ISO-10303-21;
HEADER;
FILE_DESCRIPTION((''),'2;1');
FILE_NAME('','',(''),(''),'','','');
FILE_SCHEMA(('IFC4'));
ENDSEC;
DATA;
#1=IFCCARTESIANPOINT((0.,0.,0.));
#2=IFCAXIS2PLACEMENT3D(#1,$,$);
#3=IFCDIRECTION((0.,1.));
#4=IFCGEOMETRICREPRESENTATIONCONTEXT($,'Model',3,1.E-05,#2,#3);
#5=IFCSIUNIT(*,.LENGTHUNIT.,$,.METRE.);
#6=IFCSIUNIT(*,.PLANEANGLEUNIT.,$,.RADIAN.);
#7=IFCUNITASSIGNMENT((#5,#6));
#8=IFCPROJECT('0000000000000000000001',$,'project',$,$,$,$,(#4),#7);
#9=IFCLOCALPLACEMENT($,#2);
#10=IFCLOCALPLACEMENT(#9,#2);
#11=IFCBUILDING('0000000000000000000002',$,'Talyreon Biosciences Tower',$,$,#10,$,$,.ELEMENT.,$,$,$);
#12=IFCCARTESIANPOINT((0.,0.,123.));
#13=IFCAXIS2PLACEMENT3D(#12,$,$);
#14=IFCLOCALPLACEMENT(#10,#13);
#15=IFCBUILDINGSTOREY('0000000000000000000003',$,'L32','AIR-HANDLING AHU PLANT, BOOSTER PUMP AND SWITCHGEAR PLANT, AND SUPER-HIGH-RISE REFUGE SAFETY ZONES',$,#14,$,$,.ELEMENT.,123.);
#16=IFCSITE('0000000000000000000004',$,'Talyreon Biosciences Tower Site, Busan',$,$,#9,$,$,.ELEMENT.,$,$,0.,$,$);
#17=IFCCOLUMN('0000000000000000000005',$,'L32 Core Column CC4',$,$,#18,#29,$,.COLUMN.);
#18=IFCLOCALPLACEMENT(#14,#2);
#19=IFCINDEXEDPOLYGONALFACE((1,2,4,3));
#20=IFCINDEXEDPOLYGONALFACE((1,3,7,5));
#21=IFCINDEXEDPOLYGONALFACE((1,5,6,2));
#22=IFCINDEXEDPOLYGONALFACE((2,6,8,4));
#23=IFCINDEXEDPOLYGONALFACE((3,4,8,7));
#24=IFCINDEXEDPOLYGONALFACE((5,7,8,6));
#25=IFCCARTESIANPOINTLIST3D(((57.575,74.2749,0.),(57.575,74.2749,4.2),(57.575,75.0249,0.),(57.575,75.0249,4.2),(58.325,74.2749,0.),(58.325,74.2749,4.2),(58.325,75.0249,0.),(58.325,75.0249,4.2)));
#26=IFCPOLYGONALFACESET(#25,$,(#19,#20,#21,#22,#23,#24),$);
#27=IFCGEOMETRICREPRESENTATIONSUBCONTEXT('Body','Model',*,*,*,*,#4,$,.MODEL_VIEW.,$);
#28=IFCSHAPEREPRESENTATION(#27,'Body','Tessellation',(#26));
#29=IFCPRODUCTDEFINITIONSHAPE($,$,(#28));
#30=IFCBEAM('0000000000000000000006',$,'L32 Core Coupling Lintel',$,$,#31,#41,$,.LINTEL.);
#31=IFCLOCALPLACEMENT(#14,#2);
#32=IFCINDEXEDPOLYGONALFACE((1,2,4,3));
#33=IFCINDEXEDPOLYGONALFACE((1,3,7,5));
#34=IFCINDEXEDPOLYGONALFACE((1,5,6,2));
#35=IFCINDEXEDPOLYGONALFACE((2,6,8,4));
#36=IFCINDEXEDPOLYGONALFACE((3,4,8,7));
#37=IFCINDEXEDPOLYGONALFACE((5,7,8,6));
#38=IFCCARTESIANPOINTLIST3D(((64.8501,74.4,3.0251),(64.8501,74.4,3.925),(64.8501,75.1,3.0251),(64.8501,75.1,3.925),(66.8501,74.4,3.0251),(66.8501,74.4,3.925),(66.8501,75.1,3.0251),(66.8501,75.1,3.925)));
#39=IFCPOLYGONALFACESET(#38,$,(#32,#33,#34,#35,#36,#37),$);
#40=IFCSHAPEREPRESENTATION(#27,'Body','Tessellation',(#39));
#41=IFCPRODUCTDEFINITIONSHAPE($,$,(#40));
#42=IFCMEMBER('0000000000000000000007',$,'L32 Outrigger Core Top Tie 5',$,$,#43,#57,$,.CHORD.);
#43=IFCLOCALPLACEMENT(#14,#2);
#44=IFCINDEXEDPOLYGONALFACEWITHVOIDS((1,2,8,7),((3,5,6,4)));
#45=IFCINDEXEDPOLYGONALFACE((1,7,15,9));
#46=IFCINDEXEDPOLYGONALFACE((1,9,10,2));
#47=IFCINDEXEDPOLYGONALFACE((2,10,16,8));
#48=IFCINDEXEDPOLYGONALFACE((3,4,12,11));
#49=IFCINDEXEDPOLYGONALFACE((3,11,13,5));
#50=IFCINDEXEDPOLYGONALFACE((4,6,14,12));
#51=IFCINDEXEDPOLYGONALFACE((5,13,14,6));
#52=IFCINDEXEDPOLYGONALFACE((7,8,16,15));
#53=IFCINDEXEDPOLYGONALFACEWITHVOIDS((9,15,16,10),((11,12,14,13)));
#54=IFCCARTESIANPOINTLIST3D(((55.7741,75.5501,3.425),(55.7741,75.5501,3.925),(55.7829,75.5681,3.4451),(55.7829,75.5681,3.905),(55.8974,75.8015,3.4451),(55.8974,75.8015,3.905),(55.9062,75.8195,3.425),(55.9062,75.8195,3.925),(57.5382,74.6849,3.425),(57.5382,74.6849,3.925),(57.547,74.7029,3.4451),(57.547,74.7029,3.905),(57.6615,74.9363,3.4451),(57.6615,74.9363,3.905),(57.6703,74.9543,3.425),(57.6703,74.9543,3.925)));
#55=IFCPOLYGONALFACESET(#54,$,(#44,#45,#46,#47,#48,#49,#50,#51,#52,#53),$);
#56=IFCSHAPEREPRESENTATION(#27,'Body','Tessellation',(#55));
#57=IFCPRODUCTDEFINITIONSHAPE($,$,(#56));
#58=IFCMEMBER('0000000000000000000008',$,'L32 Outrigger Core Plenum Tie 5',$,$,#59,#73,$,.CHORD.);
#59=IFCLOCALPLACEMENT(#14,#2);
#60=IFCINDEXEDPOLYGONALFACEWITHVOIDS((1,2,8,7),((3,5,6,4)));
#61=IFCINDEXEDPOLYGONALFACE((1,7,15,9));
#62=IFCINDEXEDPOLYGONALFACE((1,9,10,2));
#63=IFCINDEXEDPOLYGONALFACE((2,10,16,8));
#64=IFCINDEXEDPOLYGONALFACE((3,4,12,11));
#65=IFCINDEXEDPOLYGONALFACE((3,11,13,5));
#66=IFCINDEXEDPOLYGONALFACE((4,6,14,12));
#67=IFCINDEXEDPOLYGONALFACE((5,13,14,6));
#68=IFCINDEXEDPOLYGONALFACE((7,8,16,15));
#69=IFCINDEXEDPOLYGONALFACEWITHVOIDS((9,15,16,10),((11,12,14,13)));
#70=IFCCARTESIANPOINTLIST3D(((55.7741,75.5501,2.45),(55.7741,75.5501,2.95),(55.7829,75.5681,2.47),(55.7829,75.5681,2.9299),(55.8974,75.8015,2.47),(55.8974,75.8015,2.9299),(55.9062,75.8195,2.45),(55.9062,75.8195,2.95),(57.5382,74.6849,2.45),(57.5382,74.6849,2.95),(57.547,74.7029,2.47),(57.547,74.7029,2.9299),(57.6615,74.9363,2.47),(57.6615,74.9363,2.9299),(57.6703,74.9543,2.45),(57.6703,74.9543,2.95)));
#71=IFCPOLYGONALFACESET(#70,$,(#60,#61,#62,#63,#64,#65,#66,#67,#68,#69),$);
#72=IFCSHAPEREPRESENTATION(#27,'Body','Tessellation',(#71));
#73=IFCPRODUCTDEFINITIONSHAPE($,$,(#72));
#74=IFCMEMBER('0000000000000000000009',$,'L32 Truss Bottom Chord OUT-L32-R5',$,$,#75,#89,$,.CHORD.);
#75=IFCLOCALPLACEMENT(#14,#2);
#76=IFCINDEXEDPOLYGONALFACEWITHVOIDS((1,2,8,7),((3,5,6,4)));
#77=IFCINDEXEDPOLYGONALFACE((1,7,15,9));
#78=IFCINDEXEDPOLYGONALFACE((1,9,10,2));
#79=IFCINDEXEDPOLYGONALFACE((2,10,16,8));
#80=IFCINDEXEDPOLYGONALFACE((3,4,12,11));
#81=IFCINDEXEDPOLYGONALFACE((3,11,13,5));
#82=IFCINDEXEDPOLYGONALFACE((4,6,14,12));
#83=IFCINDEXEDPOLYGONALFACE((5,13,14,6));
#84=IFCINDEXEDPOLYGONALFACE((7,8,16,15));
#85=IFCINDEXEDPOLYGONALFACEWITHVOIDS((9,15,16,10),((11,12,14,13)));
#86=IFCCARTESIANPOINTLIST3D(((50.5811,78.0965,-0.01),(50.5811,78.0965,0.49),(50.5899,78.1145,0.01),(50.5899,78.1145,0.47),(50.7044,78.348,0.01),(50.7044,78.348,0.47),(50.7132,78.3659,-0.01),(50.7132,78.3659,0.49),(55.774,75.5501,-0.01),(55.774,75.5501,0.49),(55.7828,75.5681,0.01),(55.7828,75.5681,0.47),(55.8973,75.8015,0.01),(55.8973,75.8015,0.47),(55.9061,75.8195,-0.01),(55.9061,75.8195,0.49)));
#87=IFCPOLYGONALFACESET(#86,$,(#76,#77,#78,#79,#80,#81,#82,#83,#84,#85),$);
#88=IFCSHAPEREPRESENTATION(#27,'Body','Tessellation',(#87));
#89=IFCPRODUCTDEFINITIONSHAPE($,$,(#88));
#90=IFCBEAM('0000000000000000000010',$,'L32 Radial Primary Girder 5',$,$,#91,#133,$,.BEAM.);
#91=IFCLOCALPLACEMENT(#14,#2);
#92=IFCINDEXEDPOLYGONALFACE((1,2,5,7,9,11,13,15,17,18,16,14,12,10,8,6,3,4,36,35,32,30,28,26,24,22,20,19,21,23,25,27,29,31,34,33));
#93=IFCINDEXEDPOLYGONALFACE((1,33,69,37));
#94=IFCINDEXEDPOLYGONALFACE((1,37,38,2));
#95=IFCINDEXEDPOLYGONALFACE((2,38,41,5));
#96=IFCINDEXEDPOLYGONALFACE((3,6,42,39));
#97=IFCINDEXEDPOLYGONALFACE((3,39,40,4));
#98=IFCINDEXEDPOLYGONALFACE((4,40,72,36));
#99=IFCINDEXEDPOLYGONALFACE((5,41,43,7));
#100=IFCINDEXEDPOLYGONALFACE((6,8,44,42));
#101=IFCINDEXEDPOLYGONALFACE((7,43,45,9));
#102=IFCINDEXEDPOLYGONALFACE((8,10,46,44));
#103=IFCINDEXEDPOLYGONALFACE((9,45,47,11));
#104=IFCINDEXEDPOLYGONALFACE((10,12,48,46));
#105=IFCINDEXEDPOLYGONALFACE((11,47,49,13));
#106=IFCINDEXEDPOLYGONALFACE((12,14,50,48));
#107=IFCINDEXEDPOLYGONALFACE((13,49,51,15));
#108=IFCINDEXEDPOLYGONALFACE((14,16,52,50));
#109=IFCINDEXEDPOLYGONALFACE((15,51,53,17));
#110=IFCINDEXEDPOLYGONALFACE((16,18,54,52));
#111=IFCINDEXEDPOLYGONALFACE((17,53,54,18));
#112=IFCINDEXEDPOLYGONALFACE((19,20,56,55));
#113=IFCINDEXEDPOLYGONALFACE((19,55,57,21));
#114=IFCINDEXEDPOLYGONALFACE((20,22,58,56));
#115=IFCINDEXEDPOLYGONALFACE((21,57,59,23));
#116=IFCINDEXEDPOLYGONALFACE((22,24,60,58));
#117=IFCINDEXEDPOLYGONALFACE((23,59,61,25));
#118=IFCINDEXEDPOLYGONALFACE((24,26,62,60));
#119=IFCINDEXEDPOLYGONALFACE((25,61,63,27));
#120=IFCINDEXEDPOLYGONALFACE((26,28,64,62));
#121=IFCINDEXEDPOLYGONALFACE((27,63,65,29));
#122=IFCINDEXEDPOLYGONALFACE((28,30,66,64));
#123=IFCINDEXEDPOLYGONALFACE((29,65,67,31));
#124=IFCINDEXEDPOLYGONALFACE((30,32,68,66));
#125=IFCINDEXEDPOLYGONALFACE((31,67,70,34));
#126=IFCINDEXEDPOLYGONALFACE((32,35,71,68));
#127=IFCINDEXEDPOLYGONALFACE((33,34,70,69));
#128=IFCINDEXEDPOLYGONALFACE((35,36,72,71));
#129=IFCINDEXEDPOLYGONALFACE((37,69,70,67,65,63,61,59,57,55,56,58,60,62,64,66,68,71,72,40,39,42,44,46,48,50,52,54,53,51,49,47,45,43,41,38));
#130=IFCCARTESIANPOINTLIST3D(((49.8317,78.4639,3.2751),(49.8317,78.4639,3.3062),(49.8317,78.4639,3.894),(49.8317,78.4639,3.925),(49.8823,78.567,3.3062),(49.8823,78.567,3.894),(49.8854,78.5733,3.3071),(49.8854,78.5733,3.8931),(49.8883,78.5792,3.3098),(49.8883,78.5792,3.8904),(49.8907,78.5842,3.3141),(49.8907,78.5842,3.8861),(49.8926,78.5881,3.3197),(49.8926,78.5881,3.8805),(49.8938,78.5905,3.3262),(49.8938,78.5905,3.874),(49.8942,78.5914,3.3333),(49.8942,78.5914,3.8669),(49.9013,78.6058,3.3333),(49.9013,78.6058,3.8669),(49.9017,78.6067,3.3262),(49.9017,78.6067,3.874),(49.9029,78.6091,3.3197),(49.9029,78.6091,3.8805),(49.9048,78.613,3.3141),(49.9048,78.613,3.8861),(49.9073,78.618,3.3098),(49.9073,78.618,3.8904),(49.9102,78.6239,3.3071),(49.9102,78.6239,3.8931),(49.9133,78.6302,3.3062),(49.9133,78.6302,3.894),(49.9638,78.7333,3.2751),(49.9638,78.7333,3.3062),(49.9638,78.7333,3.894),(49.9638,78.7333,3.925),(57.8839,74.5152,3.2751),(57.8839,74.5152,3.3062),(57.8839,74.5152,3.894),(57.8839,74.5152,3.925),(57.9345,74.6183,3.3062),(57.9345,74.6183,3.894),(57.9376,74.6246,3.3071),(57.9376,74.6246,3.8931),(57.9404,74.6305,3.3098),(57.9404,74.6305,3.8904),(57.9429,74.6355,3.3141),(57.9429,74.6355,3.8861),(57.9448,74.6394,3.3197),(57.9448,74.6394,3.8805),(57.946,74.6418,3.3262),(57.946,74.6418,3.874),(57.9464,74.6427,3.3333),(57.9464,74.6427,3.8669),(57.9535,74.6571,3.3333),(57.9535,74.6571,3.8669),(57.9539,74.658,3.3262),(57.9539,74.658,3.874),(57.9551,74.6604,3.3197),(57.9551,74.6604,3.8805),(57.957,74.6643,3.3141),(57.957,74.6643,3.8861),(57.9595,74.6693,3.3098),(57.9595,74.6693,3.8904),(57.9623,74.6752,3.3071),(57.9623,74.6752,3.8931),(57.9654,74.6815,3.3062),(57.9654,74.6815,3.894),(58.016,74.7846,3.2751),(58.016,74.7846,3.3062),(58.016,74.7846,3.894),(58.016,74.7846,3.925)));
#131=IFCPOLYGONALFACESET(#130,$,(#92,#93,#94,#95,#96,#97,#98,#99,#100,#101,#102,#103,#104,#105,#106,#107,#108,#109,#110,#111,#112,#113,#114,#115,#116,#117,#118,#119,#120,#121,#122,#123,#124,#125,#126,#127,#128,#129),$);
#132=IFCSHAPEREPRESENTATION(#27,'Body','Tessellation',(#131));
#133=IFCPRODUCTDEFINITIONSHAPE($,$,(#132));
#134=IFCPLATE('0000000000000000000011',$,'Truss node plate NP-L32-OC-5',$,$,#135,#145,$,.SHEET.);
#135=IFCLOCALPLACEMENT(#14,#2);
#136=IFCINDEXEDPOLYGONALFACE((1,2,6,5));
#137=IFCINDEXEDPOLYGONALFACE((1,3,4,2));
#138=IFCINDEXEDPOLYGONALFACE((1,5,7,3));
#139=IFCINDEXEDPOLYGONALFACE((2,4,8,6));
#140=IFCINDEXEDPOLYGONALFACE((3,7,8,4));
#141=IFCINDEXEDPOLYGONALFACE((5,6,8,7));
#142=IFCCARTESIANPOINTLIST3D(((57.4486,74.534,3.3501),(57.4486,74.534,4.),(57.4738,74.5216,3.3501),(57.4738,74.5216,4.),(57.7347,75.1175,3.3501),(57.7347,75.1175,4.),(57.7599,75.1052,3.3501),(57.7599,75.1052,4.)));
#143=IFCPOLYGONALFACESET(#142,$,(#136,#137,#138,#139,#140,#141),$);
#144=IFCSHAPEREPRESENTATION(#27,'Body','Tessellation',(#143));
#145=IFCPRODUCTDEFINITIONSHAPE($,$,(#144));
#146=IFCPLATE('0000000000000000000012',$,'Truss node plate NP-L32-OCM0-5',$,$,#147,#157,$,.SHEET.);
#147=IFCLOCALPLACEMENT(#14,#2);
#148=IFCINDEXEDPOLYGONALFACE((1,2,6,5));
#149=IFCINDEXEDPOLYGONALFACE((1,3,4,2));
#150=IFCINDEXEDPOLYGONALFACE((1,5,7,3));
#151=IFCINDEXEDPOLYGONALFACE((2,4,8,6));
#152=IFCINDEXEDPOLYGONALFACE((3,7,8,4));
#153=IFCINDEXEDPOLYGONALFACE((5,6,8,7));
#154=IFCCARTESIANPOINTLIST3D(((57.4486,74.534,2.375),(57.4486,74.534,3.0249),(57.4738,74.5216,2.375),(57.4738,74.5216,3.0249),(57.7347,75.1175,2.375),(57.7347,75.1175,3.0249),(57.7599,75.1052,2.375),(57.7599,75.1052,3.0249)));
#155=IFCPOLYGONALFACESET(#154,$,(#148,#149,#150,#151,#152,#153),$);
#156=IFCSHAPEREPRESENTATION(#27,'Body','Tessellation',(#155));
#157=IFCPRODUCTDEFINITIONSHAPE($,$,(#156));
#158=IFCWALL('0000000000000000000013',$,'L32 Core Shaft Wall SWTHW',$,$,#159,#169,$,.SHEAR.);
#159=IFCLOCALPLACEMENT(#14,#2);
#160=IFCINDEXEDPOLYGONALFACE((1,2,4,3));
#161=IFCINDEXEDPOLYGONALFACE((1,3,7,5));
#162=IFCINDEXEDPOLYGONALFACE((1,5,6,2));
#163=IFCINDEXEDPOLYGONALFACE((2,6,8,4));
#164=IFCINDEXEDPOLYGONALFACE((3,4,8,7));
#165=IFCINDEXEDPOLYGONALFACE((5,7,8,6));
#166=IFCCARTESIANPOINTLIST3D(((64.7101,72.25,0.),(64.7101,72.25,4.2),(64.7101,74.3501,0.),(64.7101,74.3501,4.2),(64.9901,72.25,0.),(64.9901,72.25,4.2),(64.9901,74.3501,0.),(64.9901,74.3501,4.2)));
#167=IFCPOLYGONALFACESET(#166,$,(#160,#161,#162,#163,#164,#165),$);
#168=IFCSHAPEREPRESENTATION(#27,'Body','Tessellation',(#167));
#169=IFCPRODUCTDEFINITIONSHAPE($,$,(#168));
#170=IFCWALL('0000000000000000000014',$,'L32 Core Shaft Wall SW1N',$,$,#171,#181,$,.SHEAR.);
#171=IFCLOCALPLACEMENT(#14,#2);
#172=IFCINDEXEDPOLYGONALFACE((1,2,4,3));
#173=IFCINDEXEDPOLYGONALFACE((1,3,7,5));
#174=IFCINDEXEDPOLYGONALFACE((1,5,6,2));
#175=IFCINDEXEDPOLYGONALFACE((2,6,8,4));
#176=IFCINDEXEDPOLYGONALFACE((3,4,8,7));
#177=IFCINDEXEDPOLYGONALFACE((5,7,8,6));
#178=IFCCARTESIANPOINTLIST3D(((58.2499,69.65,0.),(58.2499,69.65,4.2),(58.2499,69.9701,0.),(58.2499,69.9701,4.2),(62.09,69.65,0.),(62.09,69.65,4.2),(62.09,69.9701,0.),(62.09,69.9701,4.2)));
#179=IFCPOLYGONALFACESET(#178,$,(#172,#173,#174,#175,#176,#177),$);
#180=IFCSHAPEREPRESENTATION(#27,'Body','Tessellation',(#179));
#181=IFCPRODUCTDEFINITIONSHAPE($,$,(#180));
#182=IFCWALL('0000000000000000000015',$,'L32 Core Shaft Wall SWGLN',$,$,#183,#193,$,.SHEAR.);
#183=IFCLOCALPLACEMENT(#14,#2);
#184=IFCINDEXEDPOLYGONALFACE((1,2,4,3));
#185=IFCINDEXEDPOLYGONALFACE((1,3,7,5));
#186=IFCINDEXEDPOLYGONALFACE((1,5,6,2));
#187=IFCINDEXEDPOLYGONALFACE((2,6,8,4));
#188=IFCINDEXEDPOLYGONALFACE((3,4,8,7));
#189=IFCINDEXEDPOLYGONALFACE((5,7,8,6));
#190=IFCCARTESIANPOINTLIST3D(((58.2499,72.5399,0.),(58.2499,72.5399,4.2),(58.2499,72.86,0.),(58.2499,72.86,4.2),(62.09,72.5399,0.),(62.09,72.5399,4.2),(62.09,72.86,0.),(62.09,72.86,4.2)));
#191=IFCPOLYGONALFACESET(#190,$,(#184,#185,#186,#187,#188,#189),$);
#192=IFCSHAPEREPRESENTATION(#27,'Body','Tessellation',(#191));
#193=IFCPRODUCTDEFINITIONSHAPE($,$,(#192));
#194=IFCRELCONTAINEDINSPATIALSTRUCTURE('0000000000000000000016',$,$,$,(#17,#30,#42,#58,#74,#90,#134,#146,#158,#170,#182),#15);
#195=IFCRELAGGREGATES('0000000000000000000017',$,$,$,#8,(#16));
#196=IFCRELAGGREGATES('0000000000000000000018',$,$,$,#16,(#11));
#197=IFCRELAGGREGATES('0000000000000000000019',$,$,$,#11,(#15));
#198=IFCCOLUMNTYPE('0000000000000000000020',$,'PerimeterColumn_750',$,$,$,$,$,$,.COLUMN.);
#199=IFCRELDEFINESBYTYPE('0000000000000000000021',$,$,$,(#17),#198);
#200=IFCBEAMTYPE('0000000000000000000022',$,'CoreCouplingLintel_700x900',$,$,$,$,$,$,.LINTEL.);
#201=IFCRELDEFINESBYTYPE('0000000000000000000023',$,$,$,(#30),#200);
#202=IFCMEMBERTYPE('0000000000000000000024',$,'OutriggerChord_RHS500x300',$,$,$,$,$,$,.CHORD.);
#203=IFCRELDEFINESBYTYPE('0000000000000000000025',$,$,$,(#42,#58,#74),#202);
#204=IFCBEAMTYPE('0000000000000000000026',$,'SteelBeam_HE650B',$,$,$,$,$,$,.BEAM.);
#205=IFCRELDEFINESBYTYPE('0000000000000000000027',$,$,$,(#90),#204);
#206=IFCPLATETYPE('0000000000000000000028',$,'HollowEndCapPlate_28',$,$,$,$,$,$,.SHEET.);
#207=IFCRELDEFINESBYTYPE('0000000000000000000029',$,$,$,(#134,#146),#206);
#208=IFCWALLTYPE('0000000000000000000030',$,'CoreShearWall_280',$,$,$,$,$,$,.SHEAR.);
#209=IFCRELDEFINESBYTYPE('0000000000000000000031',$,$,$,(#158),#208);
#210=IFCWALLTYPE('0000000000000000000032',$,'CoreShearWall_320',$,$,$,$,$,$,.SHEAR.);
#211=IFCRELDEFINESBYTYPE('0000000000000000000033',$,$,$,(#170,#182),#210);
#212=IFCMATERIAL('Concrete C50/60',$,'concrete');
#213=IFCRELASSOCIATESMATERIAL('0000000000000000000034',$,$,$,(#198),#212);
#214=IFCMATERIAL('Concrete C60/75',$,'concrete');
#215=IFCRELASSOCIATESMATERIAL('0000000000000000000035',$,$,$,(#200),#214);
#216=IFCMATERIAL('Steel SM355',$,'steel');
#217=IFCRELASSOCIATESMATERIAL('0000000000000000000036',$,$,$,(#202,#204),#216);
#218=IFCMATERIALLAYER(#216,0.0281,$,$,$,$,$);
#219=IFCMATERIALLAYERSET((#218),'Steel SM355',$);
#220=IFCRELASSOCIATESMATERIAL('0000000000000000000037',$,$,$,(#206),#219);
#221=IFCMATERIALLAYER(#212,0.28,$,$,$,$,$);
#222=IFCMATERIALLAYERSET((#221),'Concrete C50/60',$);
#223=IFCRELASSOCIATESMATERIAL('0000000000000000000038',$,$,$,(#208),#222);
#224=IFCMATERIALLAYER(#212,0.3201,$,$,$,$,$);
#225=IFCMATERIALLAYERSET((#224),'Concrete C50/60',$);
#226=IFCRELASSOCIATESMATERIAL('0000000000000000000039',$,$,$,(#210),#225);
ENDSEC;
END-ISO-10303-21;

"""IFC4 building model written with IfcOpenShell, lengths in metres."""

from ifc_helpers import new_model, si_unit, direction, frame, frame_2d, origin, origin_2d, place, context, subcontext, project, spatial, rectangle, hollow_rectangle, i_section, extrude, material, layer, layer_set, material_profile, profile_set, type_object, element, save


model = new_model("IFC4")

# Units and contexts
model_context = context("Model", 3, precision=1e-05, world=origin(), true_north=direction((0.0, 1.0)))
body_context = subcontext(model_context, "Body", "Model", "MODEL_VIEW")
ifc_project = project(units=[si_unit("LENGTHUNIT", "METRE"), si_unit("PLANEANGLEUNIT", "RADIAN")], contexts=[model_context])

# Site, building, storey
site_placement = place(None, origin())
site = spatial("IfcSite", under=ifc_project, at=site_placement, Name="Talyreon Biosciences Tower Site, Busan", CompositionType="ELEMENT", RefElevation=0.0)
building_placement = place(site_placement, origin())
building = spatial("IfcBuilding", under=site, at=building_placement, Name="Talyreon Biosciences Tower", CompositionType="ELEMENT")
storey_placement = place(building_placement, frame((0.0, 0.0, 123.0)))
storey = spatial("IfcBuildingStorey", under=building, at=storey_placement, Name="L32", Description="AIR-HANDLING AHU PLANT, BOOSTER PUMP AND SWITCHGEAR PLANT, AND SUPER-HIGH-RISE REFUGE SAFETY ZONES", CompositionType="ELEMENT", Elevation=123.0)

# Column
ifc_material_1 = material(Name="Concrete C50/60", Category="concrete")
ifc_material_profile_1 = material_profile(ifc_material_1, rectangle(XDim=0.75, YDim=0.75, at=origin_2d()), Name="RC 750x750")
ifc_profile_set_1 = profile_set([ifc_material_profile_1], Name="Concrete C50/60")
column_type = type_object("IfcColumnType", Name="PerimeterColumn_750", PredefinedType="COLUMN", material=ifc_profile_set_1)
column_placement = place(storey_placement, frame((57.95, 74.6499, 0.0), z_axis=(0.0, 0.0, 1.0), x_axis=(1.0, 0.0, 0.0)))
element("IfcColumn", 1, at=column_placement, inside=storey, type_object=column_type, Name="L32 Core Column CC4", PredefinedType="COLUMN", context=body_context, shape_type="SweptSolid", body=[
    extrude(rectangle(XDim=0.75, YDim=0.75, at=origin_2d()), origin(), (0.0, 0.0, 1.0), 4.2),
])

# Beam
ifc_material_2 = material(Name="Concrete C60/75", Category="concrete")
ifc_material_profile_2 = material_profile(ifc_material_2, rectangle(XDim=0.7, YDim=0.8999, at=origin_2d()), Name="RCB 700x900")
ifc_profile_set_2 = profile_set([ifc_material_profile_2], Name="Concrete C60/75")
beam_type_1 = type_object("IfcBeamType", Name="CoreCouplingLintel_700x900", PredefinedType="LINTEL", material=ifc_profile_set_2)
beam_1_placement = place(storey_placement, frame((64.8501, 74.75, 3.4751), z_axis=(1.0, 0.0, 0.0), x_axis=(0.0, 1.0, 0.0)))
element("IfcBeam", 2, at=beam_1_placement, inside=storey, type_object=beam_type_1, Name="L32 Core Coupling Lintel", PredefinedType="LINTEL", context=body_context, shape_type="SweptSolid", body=[
    extrude(rectangle(XDim=0.7, YDim=0.8999, at=origin_2d()), origin(), (0.0, 0.0, 1.0), 2.0),
])

# Members
ifc_material_3 = material(Name="Steel SM355", Category="steel")
ifc_material_profile_3 = material_profile(ifc_material_3, hollow_rectangle(XDim=0.3, YDim=0.5, WallThickness=0.02, at=origin_2d()), Name="RHS 500x300x20")
ifc_profile_set_3 = profile_set([ifc_material_profile_3], Name="Steel SM355")
member_type = type_object("IfcMemberType", Name="OutriggerChord_RHS500x300", PredefinedType="CHORD", material=ifc_profile_set_3)
for number, where, z_axis, x_axis, name in (
    (3, (57.6042, 74.8196, 3.675), (-0.89783, 0.440342, 0.0), (-0.440342, -0.89783, 0.0), "L32 Outrigger Core Top Tie 5"),
    (4, (57.6042, 74.8196, 2.7), (-0.89783, 0.440342, 0.0), (-0.440342, -0.89783, 0.0), "L32 Outrigger Core Plenum Tie 5"),
):
    element("IfcMember", number, at=place(storey_placement, frame(where, z_axis=z_axis, x_axis=x_axis)), inside=storey, type_object=member_type, Name=name, PredefinedType="CHORD", context=body_context, shape_type="SweptSolid", body=[
        extrude(hollow_rectangle(XDim=0.3, YDim=0.5, WallThickness=0.02, at=origin_2d()), origin(), (0.0, 0.0, 1.0), 1.9648),
    ])
member_placement = place(storey_placement, frame((55.8401, 75.6848, 0.24), z_axis=(-0.897862, 0.440277, 0.0), x_axis=(-0.440277, -0.897862, 0.0)))
element("IfcMember", 5, at=member_placement, inside=storey, type_object=member_type, Name="L32 Truss Bottom Chord OUT-L32-R5", PredefinedType="CHORD", context=body_context, shape_type="SweptSolid", body=[
    extrude(hollow_rectangle(XDim=0.3, YDim=0.5, WallThickness=0.02, at=origin_2d()), origin(), (0.0, 0.0, 1.0), 5.7837),
])

# Beam
ifc_material_profile_4 = material_profile(ifc_material_3, i_section(OverallWidth=0.3, OverallDepth=0.6499, WebThickness=0.0161, FlangeThickness=0.031, FilletRadius=0.0271, at=origin_2d()), Name="HE650B")
ifc_profile_set_4 = profile_set([ifc_material_profile_4], Name="Steel SM355")
beam_type_2 = type_object("IfcBeamType", Name="SteelBeam_HE650B", PredefinedType="BEAM", material=ifc_profile_set_4)
beam_2_placement = place(storey_placement, frame((57.95, 74.6499, 3.6001), z_axis=(-0.897852, 0.440297, 0.0), x_axis=(-0.440297, -0.897852, 0.0)))
element("IfcBeam", 6, at=beam_2_placement, inside=storey, type_object=beam_type_2, Name="L32 Radial Primary Girder 5", PredefinedType="BEAM", context=body_context, shape_type="SweptSolid", body=[
    extrude(i_section(OverallWidth=0.3, OverallDepth=0.6499, WebThickness=0.0161, FlangeThickness=0.031, FilletRadius=0.0271, at=origin_2d()), origin(), (0.0, 0.0, 1.0), 8.9683),
])

# Plates
ifc_layer_1 = layer(ifc_material_3, 0.0281)
ifc_layer_set_1 = layer_set([ifc_layer_1], Name="Steel SM355")
plate_type = type_object("IfcPlateType", Name="HollowEndCapPlate_28", PredefinedType="SHEET", material=ifc_layer_set_1)
for number, where, z_axis, x_axis, name in (
    (7, (57.6042, 74.8196, 3.3501), (0.0, 0.0, 1.0), (-0.440284, -0.897859, 0.0), "Truss node plate NP-L32-OC-5"),
    (8, (57.6042, 74.8196, 2.375), (0.0, 0.0, 1.0), (-0.440284, -0.897859, 0.0), "Truss node plate NP-L32-OCM0-5"),
):
    element("IfcPlate", number, at=place(storey_placement, frame(where, z_axis=z_axis, x_axis=x_axis)), inside=storey, type_object=plate_type, Name=name, PredefinedType="SHEET", context=body_context, shape_type="SweptSolid", body=[
        extrude(rectangle(XDim=0.6499, YDim=0.0281, at=origin_2d()), origin(), (0.0, 0.0, 1.0), 0.6499),
    ])

# Walls
ifc_layer_2 = layer(ifc_material_1, 0.28)
ifc_layer_set_2 = layer_set([ifc_layer_2], Name="Concrete C50/60")
wall_type_1 = type_object("IfcWallType", Name="CoreShearWall_280", PredefinedType="SHEAR", material=ifc_layer_set_2)
wall_1_placement = place(storey_placement, frame((64.8501, 72.25, 0.0), z_axis=(0.0, 0.0, 1.0), x_axis=(0.0, 1.0, 0.0)))
element("IfcWall", 9, at=wall_1_placement, inside=storey, type_object=wall_type_1, Name="L32 Core Shaft Wall SWTHW", PredefinedType="SHEAR", context=body_context, shape_type="SweptSolid", body=[
    extrude(rectangle(XDim=2.1001, YDim=0.28, at=frame_2d((1.05, 0.0))), origin(), (0.0, 0.0, 1.0), 4.2),
])
ifc_layer_3 = layer(ifc_material_1, 0.3201)
ifc_layer_set_3 = layer_set([ifc_layer_3], Name="Concrete C50/60")
wall_type_2 = type_object("IfcWallType", Name="CoreShearWall_320", PredefinedType="SHEAR", material=ifc_layer_set_3)
for number, where, z_axis, x_axis, name in (
    (10, (58.25, 69.8101, 0.0), (0.0, 0.0, 1.0), (1.0, 0.0, 0.0), "L32 Core Shaft Wall SW1N"),
    (11, (58.25, 72.7, 0.0), (0.0, 0.0, 1.0), (1.0, 0.0, 0.0), "L32 Core Shaft Wall SWGLN"),
):
    element("IfcWall", number, at=place(storey_placement, frame(where, z_axis=z_axis, x_axis=x_axis)), inside=storey, type_object=wall_type_2, Name=name, PredefinedType="SHEAR", context=body_context, shape_type="SweptSolid", body=[
        extrude(rectangle(XDim=3.8401, YDim=0.3201, at=frame_2d((1.9199, 0.0))), origin(), (0.0, 0.0, 1.0), 4.2),
    ])

save(model, "model.ifc")
